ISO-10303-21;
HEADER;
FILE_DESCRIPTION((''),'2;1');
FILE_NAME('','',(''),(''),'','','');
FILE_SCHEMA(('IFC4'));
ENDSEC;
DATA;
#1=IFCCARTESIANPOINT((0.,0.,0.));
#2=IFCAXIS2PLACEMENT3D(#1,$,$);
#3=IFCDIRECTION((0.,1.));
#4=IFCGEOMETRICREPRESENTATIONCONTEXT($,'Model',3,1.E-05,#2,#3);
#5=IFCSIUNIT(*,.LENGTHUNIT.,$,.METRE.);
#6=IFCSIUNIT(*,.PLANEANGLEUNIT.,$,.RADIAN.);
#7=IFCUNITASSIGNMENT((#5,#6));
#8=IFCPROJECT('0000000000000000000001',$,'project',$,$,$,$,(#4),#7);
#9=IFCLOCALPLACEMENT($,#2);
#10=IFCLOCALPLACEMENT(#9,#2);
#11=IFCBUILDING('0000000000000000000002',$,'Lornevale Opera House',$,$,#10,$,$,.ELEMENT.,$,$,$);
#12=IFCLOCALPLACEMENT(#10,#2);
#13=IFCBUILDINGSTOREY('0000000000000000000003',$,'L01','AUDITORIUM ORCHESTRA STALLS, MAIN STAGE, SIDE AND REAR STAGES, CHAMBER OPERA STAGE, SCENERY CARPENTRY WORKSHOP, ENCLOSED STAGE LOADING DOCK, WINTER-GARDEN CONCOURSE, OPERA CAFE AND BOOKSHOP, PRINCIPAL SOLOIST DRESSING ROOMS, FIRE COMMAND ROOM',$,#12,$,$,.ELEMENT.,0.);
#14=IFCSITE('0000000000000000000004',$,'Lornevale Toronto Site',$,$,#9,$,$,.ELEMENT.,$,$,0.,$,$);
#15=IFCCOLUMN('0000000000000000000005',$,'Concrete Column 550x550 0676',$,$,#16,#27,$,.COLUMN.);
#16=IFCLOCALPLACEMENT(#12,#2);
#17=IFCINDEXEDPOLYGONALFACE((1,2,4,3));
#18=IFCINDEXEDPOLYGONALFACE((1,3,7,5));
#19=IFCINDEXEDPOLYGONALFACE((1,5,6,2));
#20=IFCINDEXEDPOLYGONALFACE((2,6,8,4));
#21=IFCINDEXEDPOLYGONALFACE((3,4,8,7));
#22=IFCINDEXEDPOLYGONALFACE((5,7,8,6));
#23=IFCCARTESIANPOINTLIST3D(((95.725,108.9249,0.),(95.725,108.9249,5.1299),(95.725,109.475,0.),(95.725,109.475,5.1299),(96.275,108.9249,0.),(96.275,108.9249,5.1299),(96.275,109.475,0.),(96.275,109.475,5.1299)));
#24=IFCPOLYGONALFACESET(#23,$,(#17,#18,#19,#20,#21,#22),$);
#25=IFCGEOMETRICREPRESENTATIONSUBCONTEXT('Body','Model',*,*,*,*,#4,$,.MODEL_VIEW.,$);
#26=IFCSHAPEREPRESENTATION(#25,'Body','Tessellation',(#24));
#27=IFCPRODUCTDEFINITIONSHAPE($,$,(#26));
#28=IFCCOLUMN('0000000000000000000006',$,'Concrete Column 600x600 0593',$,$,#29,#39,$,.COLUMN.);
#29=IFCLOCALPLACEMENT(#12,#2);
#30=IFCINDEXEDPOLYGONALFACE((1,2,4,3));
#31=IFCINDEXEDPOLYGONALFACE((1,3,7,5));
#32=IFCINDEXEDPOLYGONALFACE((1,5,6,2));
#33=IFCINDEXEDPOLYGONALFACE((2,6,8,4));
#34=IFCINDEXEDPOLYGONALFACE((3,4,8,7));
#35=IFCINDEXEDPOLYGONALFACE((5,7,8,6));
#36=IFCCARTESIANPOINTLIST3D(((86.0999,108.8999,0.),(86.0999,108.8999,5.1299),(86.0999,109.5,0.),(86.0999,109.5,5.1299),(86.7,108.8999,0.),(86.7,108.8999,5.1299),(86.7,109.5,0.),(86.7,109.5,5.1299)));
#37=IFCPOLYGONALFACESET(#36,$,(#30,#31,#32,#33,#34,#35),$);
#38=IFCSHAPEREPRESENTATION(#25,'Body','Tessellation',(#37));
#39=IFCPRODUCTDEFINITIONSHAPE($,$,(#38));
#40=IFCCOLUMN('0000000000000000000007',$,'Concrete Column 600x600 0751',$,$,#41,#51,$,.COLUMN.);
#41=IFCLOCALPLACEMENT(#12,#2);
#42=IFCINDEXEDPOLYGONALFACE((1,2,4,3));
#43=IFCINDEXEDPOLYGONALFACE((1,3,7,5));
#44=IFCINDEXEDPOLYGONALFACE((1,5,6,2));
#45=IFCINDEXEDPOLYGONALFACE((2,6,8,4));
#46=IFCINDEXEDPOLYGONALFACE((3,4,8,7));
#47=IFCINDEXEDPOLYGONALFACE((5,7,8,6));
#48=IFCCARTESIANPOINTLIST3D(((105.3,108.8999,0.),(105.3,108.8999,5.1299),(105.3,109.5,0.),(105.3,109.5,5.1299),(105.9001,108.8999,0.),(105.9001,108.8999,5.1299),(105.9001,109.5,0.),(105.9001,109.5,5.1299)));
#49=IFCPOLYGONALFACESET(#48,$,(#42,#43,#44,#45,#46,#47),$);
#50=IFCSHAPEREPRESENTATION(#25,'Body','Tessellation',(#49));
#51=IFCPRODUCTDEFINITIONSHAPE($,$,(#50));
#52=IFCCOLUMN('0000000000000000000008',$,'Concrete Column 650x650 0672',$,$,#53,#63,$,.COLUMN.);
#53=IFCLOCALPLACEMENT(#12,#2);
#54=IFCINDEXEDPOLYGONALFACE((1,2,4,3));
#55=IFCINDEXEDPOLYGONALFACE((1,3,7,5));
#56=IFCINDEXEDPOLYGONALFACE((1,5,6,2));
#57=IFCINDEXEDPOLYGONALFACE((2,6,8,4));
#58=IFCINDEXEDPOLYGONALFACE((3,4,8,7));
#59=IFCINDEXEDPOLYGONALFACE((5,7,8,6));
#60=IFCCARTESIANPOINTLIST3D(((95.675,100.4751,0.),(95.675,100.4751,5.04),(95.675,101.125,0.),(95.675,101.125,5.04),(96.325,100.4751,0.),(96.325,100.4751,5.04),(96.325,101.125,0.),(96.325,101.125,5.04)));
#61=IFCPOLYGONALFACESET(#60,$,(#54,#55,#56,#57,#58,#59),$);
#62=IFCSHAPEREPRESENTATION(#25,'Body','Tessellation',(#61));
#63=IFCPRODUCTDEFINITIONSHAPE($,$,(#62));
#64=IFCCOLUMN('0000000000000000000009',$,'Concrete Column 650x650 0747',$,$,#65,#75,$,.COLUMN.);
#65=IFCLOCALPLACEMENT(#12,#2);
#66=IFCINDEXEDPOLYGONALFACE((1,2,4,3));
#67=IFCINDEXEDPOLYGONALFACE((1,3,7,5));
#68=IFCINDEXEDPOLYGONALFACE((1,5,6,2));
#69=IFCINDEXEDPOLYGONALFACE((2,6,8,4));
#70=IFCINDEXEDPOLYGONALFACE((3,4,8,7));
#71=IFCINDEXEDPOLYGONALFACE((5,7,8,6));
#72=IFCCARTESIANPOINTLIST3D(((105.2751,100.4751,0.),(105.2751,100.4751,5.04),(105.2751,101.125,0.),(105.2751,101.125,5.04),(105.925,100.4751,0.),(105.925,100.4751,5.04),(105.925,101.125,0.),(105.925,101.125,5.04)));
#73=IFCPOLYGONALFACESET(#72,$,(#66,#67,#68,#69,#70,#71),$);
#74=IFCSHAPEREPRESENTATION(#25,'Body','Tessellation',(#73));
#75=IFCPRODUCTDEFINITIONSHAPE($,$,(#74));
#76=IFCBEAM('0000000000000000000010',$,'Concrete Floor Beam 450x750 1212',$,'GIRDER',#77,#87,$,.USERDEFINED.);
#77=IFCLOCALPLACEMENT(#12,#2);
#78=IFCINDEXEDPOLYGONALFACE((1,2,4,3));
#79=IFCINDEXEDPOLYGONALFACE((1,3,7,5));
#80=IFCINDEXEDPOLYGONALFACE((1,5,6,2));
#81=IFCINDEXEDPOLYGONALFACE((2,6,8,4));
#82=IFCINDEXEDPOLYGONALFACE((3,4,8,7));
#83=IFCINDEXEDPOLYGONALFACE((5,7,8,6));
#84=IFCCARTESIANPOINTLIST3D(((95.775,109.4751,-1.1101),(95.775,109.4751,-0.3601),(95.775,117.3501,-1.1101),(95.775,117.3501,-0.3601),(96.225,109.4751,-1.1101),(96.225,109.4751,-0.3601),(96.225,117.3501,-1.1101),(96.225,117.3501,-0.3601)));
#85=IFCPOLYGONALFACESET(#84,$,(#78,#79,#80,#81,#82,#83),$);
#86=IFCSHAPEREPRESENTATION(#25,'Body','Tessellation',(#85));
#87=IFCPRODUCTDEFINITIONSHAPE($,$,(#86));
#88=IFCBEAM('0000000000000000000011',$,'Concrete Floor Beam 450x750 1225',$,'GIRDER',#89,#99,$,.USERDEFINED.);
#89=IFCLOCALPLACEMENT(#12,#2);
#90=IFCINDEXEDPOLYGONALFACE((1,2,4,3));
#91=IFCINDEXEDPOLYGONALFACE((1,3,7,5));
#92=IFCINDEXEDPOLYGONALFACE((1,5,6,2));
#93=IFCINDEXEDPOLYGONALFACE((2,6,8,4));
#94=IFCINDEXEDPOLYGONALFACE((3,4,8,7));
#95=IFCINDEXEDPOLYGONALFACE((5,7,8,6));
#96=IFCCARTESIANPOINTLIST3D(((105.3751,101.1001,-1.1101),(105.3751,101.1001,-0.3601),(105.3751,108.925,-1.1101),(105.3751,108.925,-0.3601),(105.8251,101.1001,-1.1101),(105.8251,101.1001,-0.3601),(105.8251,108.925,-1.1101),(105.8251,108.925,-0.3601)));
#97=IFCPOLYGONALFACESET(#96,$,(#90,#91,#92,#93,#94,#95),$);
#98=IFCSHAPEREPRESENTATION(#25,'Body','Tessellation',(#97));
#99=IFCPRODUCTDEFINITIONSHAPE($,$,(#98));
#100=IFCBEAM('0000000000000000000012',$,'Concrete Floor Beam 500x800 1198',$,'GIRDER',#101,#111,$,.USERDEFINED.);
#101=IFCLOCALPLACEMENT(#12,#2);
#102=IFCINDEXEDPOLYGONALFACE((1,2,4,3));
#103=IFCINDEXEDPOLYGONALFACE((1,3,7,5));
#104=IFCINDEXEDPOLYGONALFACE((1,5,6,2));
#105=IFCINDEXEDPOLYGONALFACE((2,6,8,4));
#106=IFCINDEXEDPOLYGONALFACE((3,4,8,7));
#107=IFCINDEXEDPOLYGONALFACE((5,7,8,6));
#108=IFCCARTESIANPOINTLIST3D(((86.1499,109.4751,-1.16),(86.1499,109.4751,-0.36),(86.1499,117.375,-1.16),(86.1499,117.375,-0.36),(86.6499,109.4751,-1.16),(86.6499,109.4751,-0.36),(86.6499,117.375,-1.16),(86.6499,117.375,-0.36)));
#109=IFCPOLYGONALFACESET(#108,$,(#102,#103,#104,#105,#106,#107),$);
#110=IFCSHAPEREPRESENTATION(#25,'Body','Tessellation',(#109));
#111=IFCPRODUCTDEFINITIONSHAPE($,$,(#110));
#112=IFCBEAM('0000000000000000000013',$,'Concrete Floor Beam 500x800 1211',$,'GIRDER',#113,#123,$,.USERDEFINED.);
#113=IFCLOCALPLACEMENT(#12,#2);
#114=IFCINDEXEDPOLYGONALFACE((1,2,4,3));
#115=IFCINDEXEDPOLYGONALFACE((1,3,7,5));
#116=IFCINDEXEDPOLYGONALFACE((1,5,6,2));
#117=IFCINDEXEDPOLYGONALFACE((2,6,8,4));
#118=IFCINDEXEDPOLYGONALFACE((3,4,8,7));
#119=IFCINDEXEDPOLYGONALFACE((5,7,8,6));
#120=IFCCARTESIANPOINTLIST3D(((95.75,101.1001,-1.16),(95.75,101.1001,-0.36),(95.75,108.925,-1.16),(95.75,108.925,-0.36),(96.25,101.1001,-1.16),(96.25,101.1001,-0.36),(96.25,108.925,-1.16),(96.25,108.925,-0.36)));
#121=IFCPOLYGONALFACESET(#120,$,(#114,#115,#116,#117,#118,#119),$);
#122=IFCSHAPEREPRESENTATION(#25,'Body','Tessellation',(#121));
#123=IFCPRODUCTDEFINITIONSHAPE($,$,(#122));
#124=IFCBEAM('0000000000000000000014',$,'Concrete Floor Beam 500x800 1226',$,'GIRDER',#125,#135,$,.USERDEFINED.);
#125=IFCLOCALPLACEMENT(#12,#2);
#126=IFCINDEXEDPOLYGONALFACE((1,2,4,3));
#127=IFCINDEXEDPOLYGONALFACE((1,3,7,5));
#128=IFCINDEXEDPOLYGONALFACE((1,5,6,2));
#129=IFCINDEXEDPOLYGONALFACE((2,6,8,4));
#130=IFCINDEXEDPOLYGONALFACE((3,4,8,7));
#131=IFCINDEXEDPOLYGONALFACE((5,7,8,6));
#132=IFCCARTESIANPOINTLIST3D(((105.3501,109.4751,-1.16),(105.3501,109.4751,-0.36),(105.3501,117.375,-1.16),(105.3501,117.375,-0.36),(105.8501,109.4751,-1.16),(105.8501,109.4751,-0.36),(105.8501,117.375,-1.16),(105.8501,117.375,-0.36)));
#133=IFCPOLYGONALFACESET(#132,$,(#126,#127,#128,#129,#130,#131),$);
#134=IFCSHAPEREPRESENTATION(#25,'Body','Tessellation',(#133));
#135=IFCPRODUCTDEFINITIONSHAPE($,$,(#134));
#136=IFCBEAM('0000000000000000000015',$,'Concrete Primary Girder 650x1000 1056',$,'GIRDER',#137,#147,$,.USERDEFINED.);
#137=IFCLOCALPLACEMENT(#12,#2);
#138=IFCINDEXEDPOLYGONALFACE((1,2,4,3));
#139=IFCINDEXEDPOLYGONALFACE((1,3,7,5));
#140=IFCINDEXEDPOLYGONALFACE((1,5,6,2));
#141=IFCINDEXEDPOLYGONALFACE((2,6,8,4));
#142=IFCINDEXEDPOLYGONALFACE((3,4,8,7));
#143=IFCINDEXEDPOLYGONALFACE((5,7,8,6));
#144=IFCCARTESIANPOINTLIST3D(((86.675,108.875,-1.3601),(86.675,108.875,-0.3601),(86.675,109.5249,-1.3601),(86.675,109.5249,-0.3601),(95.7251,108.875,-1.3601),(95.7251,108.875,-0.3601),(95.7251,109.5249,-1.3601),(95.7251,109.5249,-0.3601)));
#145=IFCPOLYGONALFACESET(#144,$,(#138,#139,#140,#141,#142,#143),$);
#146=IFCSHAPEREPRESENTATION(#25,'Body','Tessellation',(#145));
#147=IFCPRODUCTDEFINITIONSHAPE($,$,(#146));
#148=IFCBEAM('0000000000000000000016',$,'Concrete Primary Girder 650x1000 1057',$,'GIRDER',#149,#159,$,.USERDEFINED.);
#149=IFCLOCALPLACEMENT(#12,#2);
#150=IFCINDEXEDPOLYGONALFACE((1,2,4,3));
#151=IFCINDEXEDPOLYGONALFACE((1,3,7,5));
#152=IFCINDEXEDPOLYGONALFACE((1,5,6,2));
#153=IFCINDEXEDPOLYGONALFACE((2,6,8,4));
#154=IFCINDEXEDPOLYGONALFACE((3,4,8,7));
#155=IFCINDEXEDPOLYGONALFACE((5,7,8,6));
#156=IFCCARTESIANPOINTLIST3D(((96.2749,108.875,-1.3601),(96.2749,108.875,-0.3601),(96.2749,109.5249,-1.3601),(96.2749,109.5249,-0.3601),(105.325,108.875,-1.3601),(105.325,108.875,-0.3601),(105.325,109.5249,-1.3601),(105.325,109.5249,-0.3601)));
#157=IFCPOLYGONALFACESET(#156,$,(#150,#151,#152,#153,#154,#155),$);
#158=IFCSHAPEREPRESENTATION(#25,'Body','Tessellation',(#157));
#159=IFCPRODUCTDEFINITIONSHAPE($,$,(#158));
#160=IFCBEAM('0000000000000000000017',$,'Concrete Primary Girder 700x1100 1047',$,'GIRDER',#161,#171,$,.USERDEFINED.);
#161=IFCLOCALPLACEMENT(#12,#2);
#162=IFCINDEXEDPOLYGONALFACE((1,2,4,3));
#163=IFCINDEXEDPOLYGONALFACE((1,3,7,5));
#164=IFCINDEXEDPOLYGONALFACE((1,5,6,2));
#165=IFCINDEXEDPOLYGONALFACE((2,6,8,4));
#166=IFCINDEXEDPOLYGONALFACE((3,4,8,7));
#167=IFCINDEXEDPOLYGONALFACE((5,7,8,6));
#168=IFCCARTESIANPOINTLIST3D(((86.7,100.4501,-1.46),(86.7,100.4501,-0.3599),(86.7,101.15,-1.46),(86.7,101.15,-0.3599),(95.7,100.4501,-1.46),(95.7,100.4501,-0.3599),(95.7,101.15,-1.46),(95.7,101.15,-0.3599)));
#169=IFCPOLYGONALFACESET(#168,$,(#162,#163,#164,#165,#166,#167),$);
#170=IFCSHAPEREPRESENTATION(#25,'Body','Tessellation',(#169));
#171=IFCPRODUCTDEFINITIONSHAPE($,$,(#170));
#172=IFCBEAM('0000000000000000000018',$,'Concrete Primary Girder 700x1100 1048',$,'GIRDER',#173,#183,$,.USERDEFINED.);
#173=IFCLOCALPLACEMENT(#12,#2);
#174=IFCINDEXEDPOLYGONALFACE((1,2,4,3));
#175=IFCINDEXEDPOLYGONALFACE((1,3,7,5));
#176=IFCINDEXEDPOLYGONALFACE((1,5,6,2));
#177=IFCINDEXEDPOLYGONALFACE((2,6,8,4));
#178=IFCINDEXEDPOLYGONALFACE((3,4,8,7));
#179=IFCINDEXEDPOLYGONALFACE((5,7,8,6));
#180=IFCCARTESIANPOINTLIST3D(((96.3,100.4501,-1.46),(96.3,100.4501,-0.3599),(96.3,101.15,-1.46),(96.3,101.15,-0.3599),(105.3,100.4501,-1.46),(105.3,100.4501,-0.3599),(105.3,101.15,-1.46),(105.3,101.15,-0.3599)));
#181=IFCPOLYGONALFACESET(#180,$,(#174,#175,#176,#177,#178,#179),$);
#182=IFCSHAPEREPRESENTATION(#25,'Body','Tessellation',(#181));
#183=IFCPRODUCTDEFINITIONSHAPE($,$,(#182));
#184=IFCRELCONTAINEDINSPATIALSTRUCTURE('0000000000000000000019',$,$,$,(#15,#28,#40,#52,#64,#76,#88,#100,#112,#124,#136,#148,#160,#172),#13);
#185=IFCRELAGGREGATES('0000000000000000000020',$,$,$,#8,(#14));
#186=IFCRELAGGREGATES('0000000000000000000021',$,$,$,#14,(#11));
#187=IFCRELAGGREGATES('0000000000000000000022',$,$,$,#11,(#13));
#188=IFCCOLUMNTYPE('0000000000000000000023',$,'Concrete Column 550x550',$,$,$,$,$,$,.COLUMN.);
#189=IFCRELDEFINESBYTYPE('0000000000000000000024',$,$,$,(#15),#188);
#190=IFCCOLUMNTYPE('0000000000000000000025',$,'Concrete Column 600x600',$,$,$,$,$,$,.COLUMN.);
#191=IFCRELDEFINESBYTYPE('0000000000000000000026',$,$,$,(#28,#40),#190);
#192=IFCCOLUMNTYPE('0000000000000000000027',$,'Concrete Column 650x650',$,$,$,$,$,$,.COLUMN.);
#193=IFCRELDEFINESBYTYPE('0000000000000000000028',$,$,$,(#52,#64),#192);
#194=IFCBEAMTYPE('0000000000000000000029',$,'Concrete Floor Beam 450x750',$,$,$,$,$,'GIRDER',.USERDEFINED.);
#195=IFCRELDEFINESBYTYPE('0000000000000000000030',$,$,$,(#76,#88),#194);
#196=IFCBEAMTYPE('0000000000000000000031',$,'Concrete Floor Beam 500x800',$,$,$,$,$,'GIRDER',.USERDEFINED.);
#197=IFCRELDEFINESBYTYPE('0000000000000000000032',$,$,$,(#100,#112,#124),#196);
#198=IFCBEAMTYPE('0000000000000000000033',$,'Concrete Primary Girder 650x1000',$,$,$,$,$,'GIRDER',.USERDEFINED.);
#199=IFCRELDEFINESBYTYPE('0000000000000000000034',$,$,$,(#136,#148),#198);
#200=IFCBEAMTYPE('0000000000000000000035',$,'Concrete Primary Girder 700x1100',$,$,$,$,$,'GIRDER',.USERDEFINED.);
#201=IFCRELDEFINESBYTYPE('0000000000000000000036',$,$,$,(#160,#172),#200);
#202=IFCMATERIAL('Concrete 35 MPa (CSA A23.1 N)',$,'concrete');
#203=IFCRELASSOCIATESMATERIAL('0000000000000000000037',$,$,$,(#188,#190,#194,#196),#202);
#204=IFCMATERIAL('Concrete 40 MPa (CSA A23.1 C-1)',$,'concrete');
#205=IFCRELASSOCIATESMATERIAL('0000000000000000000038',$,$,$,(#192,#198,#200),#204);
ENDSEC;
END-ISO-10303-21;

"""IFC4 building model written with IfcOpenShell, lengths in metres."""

from ifc_helpers import new_model, si_unit, direction, frame, origin, origin_2d, place, context, subcontext, project, spatial, rectangle, extrude, material, material_profile, profile_set, type_object, element, save


model = new_model("IFC4")

# Units and contexts
model_context = context("Model", 3, precision=1e-05, world=origin(), true_north=direction((0.0, 1.0)))
body_context = subcontext(model_context, "Body", "Model", "MODEL_VIEW")
ifc_project = project(units=[si_unit("LENGTHUNIT", "METRE"), si_unit("PLANEANGLEUNIT", "RADIAN")], contexts=[model_context])

# Site, building, storey
site_placement = place(None, origin())
site = spatial("IfcSite", under=ifc_project, at=site_placement, Name="Lornevale Toronto Site", CompositionType="ELEMENT", RefElevation=0.0)
building_placement = place(site_placement, origin())
building = spatial("IfcBuilding", under=site, at=building_placement, Name="Lornevale Opera House", CompositionType="ELEMENT")
storey_placement = place(building_placement, origin())
storey = spatial("IfcBuildingStorey", under=building, at=storey_placement, Name="L01", Description="AUDITORIUM ORCHESTRA STALLS, MAIN STAGE, SIDE AND REAR STAGES, CHAMBER OPERA STAGE, SCENERY CARPENTRY WORKSHOP, ENCLOSED STAGE LOADING DOCK, WINTER-GARDEN CONCOURSE, OPERA CAFE AND BOOKSHOP, PRINCIPAL SOLOIST DRESSING ROOMS, FIRE COMMAND ROOM", CompositionType="ELEMENT", Elevation=0.0)

# Columns
ifc_material_1 = material(Name="Concrete 35 MPa (CSA A23.1 N)", Category="concrete")
ifc_material_profile_1 = material_profile(ifc_material_1, rectangle(XDim=0.55, YDim=0.55, at=origin_2d()), Name="RC550x550")
ifc_profile_set_1 = profile_set([ifc_material_profile_1], Name="Concrete 35 MPa (CSA A23.1 N)")
column_type_1 = type_object("IfcColumnType", Name="Concrete Column 550x550", PredefinedType="COLUMN", material=ifc_profile_set_1)
column_placement = place(storey_placement, frame((96.0, 109.2, 0.0), z_axis=(0.0, 0.0, 1.0), x_axis=(1.0, 0.0, 0.0)))
element("IfcColumn", 1, at=column_placement, inside=storey, type_object=column_type_1, Name="Concrete Column 550x550 0676", PredefinedType="COLUMN", context=body_context, shape_type="SweptSolid", body=[
    extrude(rectangle(XDim=0.55, YDim=0.55, at=origin_2d()), origin(), (0.0, 0.0, 1.0), 5.1299),
])
ifc_material_profile_2 = material_profile(ifc_material_1, rectangle(XDim=0.6001, YDim=0.6001, at=origin_2d()), Name="RC600x600")
ifc_profile_set_2 = profile_set([ifc_material_profile_2], Name="Concrete 35 MPa (CSA A23.1 N)")
column_type_2 = type_object("IfcColumnType", Name="Concrete Column 600x600", PredefinedType="COLUMN", material=ifc_profile_set_2)
for number, where, z_axis, x_axis, name in (
    (2, (86.3999, 109.2, 0.0), (0.0, 0.0, 1.0), (1.0, 0.0, 0.0), "Concrete Column 600x600 0593"),
    (3, (105.6001, 109.2, 0.0), (0.0, 0.0, 1.0), (1.0, 0.0, 0.0), "Concrete Column 600x600 0751"),
):
    element("IfcColumn", number, at=place(storey_placement, frame(where, z_axis=z_axis, x_axis=x_axis)), inside=storey, type_object=column_type_2, Name=name, PredefinedType="COLUMN", context=body_context, shape_type="SweptSolid", body=[
        extrude(rectangle(XDim=0.6001, YDim=0.6001, at=origin_2d()), origin(), (0.0, 0.0, 1.0), 5.1299),
    ])
ifc_material_2 = material(Name="Concrete 40 MPa (CSA A23.1 C-1)", Category="concrete")
ifc_material_profile_3 = material_profile(ifc_material_2, rectangle(XDim=0.6499, YDim=0.6499, at=origin_2d()), Name="RC650x650")
ifc_profile_set_3 = profile_set([ifc_material_profile_3], Name="Concrete 40 MPa (CSA A23.1 C-1)")
column_type_3 = type_object("IfcColumnType", Name="Concrete Column 650x650", PredefinedType="COLUMN", material=ifc_profile_set_3)
for number, where, z_axis, x_axis, name in (
    (4, (96.0, 100.8, 0.0), (0.0, 0.0, 1.0), (1.0, 0.0, 0.0), "Concrete Column 650x650 0672"),
    (5, (105.6001, 100.8, 0.0), (0.0, 0.0, 1.0), (1.0, 0.0, 0.0), "Concrete Column 650x650 0747"),
):
    element("IfcColumn", number, at=place(storey_placement, frame(where, z_axis=z_axis, x_axis=x_axis)), inside=storey, type_object=column_type_3, Name=name, PredefinedType="COLUMN", context=body_context, shape_type="SweptSolid", body=[
        extrude(rectangle(XDim=0.6499, YDim=0.6499, at=origin_2d()), origin(), (0.0, 0.0, 1.0), 5.04),
    ])

# Beams
ifc_material_profile_4 = material_profile(ifc_material_1, rectangle(XDim=0.45, YDim=0.75, at=origin_2d()), Name="RC450x750")
ifc_profile_set_4 = profile_set([ifc_material_profile_4], Name="Concrete 35 MPa (CSA A23.1 N)")
beam_type_1 = type_object("IfcBeamType", Name="Concrete Floor Beam 450x750", ElementType="GIRDER", PredefinedType="USERDEFINED", material=ifc_profile_set_4)
beam_1_placement = place(storey_placement, frame((96.0, 109.4751, -0.7351), z_axis=(0.0, 1.0, 0.0), x_axis=(-1.0, 0.0, 0.0)))
element("IfcBeam", 6, at=beam_1_placement, inside=storey, type_object=beam_type_1, Name="Concrete Floor Beam 450x750 1212", ObjectType="GIRDER", PredefinedType="USERDEFINED", context=body_context, shape_type="SweptSolid", body=[
    extrude(rectangle(XDim=0.45, YDim=0.75, at=origin_2d()), origin(), (0.0, 0.0, 1.0), 7.875),
])
beam_2_placement = place(storey_placement, frame((105.6001, 101.1001, -0.7351), z_axis=(0.0, 1.0, 0.0), x_axis=(-1.0, 0.0, 0.0)))
element("IfcBeam", 7, at=beam_2_placement, inside=storey, type_object=beam_type_1, Name="Concrete Floor Beam 450x750 1225", ObjectType="GIRDER", PredefinedType="USERDEFINED", context=body_context, shape_type="SweptSolid", body=[
    extrude(rectangle(XDim=0.45, YDim=0.75, at=origin_2d()), origin(), (0.0, 0.0, 1.0), 7.825),
])
ifc_material_profile_5 = material_profile(ifc_material_1, rectangle(XDim=0.5, YDim=0.8, at=origin_2d()), Name="RC500x800")
ifc_profile_set_5 = profile_set([ifc_material_profile_5], Name="Concrete 35 MPa (CSA A23.1 N)")
beam_type_2 = type_object("IfcBeamType", Name="Concrete Floor Beam 500x800", ElementType="GIRDER", PredefinedType="USERDEFINED", material=ifc_profile_set_5)
beam_3_placement = place(storey_placement, frame((86.3999, 109.4751, -0.76), z_axis=(0.0, 1.0, 0.0), x_axis=(-1.0, 0.0, 0.0)))
element("IfcBeam", 8, at=beam_3_placement, inside=storey, type_object=beam_type_2, Name="Concrete Floor Beam 500x800 1198", ObjectType="GIRDER", PredefinedType="USERDEFINED", context=body_context, shape_type="SweptSolid", body=[
    extrude(rectangle(XDim=0.5, YDim=0.8, at=origin_2d()), origin(), (0.0, 0.0, 1.0), 7.8999),
])
beam_4_placement = place(storey_placement, frame((96.0, 101.1001, -0.76), z_axis=(0.0, 1.0, 0.0), x_axis=(-1.0, 0.0, 0.0)))
element("IfcBeam", 9, at=beam_4_placement, inside=storey, type_object=beam_type_2, Name="Concrete Floor Beam 500x800 1211", ObjectType="GIRDER", PredefinedType="USERDEFINED", context=body_context, shape_type="SweptSolid", body=[
    extrude(rectangle(XDim=0.5, YDim=0.8, at=origin_2d()), origin(), (0.0, 0.0, 1.0), 7.825),
])
beam_5_placement = place(storey_placement, frame((105.6001, 109.4751, -0.76), z_axis=(0.0, 1.0, 0.0), x_axis=(-1.0, 0.0, 0.0)))
element("IfcBeam", 10, at=beam_5_placement, inside=storey, type_object=beam_type_2, Name="Concrete Floor Beam 500x800 1226", ObjectType="GIRDER", PredefinedType="USERDEFINED", context=body_context, shape_type="SweptSolid", body=[
    extrude(rectangle(XDim=0.5, YDim=0.8, at=origin_2d()), origin(), (0.0, 0.0, 1.0), 7.8999),
])
ifc_material_profile_6 = material_profile(ifc_material_2, rectangle(XDim=0.6499, YDim=1.0, at=origin_2d()), Name="RC650x1000")
ifc_profile_set_6 = profile_set([ifc_material_profile_6], Name="Concrete 40 MPa (CSA A23.1 C-1)")
beam_type_3 = type_object("IfcBeamType", Name="Concrete Primary Girder 650x1000", ElementType="GIRDER", PredefinedType="USERDEFINED", material=ifc_profile_set_6)
for number, where, z_axis, x_axis, name in (
    (11, (86.675, 109.2, -0.8601), (1.0, 0.0, 0.0), (0.0, 1.0, 0.0), "Concrete Primary Girder 650x1000 1056"),
    (12, (96.2749, 109.2, -0.8601), (1.0, 0.0, 0.0), (0.0, 1.0, 0.0), "Concrete Primary Girder 650x1000 1057"),
):
    element("IfcBeam", number, at=place(storey_placement, frame(where, z_axis=z_axis, x_axis=x_axis)), inside=storey, type_object=beam_type_3, Name=name, ObjectType="GIRDER", PredefinedType="USERDEFINED", context=body_context, shape_type="SweptSolid", body=[
        extrude(rectangle(XDim=0.6499, YDim=1.0, at=origin_2d()), origin(), (0.0, 0.0, 1.0), 9.05),
    ])
ifc_material_profile_7 = material_profile(ifc_material_2, rectangle(XDim=0.7, YDim=1.1001, at=origin_2d()), Name="RC700x1100")
ifc_profile_set_7 = profile_set([ifc_material_profile_7], Name="Concrete 40 MPa (CSA A23.1 C-1)")
beam_type_4 = type_object("IfcBeamType", Name="Concrete Primary Girder 700x1100", ElementType="GIRDER", PredefinedType="USERDEFINED", material=ifc_profile_set_7)
for number, where, z_axis, x_axis, name in (
    (13, (86.7, 100.8, -0.9099), (1.0, 0.0, 0.0), (0.0, 1.0, 0.0), "Concrete Primary Girder 700x1100 1047"),
    (14, (96.3, 100.8, -0.9099), (1.0, 0.0, 0.0), (0.0, 1.0, 0.0), "Concrete Primary Girder 700x1100 1048"),
):
    element("IfcBeam", number, at=place(storey_placement, frame(where, z_axis=z_axis, x_axis=x_axis)), inside=storey, type_object=beam_type_4, Name=name, ObjectType="GIRDER", PredefinedType="USERDEFINED", context=body_context, shape_type="SweptSolid", body=[
        extrude(rectangle(XDim=0.7, YDim=1.1001, at=origin_2d()), origin(), (0.0, 0.0, 1.0), 9.0),
    ])

save(model, "model.ifc")
